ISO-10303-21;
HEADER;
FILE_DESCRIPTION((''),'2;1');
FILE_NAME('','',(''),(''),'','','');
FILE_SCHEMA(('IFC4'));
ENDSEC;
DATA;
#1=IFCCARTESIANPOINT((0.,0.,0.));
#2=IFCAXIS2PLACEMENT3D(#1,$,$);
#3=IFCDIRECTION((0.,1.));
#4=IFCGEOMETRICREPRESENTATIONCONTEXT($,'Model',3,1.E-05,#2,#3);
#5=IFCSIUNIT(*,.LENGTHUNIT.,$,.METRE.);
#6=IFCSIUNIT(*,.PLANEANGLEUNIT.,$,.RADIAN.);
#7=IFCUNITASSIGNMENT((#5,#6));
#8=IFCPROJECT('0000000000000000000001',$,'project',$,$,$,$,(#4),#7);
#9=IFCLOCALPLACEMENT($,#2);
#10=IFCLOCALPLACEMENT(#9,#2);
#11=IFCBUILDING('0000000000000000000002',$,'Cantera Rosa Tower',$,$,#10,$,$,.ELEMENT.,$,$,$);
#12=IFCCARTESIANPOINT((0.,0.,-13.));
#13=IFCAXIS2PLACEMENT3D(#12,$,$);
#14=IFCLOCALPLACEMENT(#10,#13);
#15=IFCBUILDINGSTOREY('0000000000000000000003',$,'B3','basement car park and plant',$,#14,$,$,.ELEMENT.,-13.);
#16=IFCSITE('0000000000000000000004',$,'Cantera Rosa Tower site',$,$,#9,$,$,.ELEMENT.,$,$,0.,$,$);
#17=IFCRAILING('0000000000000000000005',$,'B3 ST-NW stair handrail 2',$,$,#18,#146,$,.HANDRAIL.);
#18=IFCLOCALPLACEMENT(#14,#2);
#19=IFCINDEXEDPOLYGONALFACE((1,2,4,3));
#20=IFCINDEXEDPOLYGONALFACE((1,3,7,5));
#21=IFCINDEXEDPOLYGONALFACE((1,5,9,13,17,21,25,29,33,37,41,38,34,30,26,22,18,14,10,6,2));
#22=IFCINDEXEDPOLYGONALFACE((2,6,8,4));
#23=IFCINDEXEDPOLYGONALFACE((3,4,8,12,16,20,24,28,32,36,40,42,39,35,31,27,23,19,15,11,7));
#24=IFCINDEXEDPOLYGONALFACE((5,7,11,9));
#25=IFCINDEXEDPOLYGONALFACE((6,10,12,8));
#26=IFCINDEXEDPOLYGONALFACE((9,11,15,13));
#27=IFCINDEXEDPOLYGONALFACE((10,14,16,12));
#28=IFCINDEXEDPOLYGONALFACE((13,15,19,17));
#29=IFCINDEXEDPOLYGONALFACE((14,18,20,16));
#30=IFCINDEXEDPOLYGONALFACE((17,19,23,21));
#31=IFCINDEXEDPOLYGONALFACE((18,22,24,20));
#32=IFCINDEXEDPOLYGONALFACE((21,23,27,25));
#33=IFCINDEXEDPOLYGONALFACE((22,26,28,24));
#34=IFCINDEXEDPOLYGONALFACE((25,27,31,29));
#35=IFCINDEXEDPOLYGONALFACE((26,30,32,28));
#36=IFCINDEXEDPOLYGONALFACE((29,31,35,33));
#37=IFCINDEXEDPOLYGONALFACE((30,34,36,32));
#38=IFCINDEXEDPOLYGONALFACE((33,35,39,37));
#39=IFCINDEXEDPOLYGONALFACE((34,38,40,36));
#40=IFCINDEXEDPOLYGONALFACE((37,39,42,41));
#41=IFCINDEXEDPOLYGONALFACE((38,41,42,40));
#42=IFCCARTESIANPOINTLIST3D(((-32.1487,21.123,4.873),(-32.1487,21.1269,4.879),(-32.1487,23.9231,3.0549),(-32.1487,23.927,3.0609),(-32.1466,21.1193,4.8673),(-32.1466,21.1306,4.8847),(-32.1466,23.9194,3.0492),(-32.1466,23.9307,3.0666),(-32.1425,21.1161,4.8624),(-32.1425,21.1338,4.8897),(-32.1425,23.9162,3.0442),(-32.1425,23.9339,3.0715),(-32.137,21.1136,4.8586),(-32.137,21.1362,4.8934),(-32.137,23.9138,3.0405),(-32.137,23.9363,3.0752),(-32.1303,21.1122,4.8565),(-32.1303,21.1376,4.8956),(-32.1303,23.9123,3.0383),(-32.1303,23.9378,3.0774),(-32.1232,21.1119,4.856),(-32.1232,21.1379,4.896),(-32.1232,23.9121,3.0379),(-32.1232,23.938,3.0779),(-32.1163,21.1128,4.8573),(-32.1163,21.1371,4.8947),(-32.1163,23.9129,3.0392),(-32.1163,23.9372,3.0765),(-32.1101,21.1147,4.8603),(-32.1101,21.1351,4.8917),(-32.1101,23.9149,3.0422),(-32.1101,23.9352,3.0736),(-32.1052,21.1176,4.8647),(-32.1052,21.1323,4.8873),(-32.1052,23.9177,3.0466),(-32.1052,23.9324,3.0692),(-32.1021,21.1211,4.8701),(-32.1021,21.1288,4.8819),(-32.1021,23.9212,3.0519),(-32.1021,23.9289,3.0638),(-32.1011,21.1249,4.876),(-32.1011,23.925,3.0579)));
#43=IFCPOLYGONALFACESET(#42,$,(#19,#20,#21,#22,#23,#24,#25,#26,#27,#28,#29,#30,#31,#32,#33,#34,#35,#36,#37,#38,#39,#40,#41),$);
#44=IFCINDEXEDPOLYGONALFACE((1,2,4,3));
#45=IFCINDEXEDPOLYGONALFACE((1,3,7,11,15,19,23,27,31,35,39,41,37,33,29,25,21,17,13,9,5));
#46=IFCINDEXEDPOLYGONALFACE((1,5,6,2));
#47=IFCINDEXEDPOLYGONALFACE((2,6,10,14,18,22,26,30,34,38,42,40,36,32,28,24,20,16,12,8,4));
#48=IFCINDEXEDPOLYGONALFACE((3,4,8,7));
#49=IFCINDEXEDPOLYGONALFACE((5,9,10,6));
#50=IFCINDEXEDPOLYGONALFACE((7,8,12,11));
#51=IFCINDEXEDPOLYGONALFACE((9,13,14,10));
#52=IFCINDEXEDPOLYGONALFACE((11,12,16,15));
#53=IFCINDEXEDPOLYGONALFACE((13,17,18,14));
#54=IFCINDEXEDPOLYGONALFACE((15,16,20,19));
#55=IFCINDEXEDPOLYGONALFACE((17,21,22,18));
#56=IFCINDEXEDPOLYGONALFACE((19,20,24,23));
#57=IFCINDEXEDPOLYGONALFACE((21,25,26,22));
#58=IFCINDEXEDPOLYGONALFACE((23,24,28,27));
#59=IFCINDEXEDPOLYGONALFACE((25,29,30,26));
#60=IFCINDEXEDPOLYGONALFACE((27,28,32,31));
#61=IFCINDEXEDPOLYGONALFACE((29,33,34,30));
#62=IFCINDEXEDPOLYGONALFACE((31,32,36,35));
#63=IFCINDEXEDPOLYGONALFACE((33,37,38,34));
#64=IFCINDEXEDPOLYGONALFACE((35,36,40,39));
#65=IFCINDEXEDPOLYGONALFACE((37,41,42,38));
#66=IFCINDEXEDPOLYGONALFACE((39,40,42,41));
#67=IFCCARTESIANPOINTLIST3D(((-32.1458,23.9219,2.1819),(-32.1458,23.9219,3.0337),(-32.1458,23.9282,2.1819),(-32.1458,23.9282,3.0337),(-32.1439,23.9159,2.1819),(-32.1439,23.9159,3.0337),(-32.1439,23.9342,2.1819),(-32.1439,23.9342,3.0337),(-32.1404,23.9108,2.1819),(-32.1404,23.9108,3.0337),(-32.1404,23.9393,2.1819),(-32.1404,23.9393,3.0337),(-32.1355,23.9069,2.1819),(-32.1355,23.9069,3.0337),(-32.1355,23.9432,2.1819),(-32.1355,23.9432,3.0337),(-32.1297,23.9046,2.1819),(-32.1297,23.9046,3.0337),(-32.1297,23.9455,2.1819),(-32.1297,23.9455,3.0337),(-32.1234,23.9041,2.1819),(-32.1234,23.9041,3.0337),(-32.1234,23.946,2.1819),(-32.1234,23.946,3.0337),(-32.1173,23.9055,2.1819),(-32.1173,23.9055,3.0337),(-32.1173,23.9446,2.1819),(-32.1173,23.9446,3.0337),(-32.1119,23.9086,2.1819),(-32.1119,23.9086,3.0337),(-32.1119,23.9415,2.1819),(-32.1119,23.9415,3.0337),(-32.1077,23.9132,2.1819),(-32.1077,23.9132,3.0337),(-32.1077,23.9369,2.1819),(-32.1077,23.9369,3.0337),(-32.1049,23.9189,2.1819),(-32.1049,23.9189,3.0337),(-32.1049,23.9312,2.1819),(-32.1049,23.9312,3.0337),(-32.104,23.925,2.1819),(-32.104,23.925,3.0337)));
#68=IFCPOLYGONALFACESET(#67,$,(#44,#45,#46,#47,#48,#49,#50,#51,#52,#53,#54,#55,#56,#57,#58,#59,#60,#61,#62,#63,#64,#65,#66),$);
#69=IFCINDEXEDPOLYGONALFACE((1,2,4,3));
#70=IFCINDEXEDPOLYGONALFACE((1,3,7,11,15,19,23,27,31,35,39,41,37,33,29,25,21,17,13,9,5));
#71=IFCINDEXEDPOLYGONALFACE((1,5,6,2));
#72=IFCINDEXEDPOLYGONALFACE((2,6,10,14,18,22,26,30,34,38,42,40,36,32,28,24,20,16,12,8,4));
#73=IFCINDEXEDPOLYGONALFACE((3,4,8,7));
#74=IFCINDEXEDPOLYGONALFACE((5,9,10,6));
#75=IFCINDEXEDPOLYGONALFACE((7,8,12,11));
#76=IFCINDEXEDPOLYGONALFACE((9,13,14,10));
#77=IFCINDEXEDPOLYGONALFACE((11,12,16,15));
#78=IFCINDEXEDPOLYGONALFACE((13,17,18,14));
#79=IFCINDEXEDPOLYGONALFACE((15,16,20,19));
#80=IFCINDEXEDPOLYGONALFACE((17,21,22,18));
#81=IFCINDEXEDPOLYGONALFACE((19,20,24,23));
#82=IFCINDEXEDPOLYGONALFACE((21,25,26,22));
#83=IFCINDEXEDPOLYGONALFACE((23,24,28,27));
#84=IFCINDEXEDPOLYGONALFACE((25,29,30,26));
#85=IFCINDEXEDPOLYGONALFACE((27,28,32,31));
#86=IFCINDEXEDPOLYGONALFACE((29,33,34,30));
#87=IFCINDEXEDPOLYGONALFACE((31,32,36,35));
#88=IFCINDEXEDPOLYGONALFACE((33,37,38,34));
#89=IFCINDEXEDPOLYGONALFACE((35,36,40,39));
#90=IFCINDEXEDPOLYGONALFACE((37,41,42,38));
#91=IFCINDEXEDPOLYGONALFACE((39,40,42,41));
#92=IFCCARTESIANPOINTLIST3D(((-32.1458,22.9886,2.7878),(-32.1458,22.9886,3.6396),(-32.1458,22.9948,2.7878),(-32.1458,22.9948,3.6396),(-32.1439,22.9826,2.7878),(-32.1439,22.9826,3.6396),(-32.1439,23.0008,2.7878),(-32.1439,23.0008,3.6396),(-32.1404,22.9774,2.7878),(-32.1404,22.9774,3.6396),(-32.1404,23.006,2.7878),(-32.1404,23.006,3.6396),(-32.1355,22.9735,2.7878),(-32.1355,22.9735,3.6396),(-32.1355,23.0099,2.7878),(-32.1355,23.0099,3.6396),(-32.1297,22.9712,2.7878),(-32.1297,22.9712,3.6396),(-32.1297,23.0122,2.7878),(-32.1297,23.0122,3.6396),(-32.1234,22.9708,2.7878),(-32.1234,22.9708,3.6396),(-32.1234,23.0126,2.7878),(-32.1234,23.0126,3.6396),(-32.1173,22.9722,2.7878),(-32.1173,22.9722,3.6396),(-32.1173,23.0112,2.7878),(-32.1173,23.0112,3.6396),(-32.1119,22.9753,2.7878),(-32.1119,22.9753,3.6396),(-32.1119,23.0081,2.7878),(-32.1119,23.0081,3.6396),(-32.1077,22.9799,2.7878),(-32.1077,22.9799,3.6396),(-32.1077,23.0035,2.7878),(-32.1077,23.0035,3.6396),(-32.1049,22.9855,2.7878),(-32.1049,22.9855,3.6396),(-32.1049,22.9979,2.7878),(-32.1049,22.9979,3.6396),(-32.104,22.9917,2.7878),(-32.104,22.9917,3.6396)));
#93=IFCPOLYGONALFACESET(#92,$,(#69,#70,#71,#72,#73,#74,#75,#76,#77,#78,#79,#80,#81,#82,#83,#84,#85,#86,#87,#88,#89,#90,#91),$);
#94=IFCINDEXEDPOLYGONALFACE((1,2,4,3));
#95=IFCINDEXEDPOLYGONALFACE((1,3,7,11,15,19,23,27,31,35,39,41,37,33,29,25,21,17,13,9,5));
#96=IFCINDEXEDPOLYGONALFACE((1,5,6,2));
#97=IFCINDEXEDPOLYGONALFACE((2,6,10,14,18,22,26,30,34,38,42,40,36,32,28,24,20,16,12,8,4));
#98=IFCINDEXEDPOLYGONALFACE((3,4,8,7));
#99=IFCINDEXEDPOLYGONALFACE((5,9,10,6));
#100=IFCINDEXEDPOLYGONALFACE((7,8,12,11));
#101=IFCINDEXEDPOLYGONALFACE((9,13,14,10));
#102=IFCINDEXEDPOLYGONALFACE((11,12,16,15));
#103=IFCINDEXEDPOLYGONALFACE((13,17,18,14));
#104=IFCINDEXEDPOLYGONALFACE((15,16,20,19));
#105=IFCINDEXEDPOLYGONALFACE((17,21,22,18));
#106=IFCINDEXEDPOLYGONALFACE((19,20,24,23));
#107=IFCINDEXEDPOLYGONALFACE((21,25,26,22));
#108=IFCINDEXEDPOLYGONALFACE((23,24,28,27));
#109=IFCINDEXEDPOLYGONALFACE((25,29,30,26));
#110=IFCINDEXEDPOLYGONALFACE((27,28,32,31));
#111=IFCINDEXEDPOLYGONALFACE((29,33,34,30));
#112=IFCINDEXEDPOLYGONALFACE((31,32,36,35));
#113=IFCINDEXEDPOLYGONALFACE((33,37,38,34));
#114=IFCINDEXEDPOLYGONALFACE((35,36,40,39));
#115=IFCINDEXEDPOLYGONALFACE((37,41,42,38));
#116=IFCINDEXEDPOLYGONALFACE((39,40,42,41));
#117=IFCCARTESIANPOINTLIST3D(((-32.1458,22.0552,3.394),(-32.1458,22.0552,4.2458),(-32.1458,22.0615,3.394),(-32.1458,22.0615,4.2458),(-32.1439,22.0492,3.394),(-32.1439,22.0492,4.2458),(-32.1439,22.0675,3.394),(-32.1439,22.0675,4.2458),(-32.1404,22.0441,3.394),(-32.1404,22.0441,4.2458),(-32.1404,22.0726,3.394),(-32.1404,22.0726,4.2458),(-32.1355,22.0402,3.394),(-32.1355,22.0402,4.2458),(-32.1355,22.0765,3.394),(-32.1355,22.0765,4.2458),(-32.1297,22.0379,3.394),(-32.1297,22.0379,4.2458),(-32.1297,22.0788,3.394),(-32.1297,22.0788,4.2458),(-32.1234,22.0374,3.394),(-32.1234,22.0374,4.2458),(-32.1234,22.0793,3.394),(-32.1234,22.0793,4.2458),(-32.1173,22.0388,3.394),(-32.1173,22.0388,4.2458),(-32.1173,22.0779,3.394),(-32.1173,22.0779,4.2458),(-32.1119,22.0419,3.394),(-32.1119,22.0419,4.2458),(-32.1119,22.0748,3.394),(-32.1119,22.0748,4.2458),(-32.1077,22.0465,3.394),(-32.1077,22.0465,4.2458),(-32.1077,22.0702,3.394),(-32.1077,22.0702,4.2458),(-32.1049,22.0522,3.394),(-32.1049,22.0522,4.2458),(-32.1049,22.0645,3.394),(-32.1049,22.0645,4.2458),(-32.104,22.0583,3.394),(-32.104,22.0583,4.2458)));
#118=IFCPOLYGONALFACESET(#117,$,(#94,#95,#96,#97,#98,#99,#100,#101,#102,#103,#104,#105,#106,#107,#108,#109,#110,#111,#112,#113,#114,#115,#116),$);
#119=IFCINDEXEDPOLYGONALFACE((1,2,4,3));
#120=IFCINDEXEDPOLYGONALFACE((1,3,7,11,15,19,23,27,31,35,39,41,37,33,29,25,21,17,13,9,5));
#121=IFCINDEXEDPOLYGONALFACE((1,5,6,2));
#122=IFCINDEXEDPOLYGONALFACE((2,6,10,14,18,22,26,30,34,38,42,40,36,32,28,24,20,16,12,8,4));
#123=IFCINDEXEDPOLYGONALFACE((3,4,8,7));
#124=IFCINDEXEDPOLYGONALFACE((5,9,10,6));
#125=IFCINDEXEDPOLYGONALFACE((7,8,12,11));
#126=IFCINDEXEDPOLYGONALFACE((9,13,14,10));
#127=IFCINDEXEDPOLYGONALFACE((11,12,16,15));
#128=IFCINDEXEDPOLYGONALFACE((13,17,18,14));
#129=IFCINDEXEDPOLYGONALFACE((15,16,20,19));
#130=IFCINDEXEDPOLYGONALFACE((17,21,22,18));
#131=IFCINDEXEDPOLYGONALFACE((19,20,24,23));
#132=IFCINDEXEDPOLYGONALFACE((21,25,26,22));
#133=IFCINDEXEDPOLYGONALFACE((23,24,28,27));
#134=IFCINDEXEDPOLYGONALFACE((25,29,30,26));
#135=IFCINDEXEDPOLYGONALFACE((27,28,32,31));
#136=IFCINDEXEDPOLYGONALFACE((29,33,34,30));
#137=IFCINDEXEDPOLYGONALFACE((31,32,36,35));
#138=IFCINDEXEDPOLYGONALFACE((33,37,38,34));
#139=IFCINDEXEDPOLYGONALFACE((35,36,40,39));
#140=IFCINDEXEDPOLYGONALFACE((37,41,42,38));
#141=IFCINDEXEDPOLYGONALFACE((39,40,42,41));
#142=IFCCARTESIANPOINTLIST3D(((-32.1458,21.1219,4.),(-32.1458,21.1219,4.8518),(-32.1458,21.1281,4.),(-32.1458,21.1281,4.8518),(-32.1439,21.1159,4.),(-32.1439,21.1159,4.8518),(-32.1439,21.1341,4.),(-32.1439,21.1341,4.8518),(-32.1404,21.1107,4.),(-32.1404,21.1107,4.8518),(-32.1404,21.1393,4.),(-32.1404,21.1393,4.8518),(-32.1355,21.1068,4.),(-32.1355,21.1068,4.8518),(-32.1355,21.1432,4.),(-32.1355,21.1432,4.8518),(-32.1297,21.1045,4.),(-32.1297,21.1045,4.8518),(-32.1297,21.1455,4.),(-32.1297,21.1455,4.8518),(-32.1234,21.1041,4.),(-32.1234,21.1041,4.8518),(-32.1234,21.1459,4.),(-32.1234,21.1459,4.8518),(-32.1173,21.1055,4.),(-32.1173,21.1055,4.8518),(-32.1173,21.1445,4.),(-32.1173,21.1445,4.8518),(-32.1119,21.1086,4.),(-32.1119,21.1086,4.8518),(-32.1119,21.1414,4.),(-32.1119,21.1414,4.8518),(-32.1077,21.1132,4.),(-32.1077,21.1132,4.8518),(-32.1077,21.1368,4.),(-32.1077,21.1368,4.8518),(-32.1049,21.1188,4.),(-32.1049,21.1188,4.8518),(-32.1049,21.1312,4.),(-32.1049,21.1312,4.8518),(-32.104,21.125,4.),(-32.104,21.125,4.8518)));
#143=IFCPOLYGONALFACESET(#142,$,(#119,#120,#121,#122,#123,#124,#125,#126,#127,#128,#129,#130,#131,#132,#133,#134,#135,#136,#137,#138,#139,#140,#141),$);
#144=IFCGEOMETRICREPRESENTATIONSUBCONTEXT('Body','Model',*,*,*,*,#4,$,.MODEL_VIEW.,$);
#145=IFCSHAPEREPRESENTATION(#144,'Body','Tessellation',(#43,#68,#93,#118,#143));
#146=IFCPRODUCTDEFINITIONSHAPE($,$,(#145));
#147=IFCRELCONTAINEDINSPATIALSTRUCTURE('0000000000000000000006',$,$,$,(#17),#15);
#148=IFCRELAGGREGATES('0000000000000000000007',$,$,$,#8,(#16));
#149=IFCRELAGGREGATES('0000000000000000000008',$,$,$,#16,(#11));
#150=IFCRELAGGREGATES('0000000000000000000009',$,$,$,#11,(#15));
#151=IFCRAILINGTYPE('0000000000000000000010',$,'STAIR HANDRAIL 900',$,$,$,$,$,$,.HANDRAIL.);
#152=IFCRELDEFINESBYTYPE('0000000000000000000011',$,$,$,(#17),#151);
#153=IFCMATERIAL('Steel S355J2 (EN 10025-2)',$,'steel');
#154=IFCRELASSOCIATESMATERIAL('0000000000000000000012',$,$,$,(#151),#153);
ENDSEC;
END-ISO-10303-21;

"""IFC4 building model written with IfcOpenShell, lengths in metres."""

from ifc_helpers import new_model, si_unit, direction, frame, origin, origin_2d, place, context, subcontext, project, spatial, circle, extrude, material, type_object, element, save


model = new_model("IFC4")

# Units and contexts
model_context = context("Model", 3, precision=1e-05, world=origin(), true_north=direction((0.0, 1.0)))
body_context = subcontext(model_context, "Body", "Model", "MODEL_VIEW")
ifc_project = project(units=[si_unit("LENGTHUNIT", "METRE"), si_unit("PLANEANGLEUNIT", "RADIAN")], contexts=[model_context])

# Site, building, storey
site_placement = place(None, origin())
site = spatial("IfcSite", under=ifc_project, at=site_placement, Name="Cantera Rosa Tower site", CompositionType="ELEMENT", RefElevation=0.0)
building_placement = place(site_placement, origin())
building = spatial("IfcBuilding", under=site, at=building_placement, Name="Cantera Rosa Tower", CompositionType="ELEMENT")
storey_placement = place(building_placement, frame((0.0, 0.0, -13.0)))
storey = spatial("IfcBuildingStorey", under=building, at=storey_placement, Name="B3", Description="basement car park and plant", CompositionType="ELEMENT", Elevation=-13.0)

# Railing
ifc_material_1 = material(Name="Steel S355J2 (EN 10025-2)", Category="steel")
railing_type_1 = type_object("IfcRailingType", Name="STAIR HANDRAIL 900", PredefinedType="HANDRAIL", material=ifc_material_1)
railing_1_placement = place(storey_placement, frame((-32.125, 23.925, 2.1819)))
element("IfcRailing", 1, at=railing_1_placement, inside=storey, type_object=railing_type_1, Name="B3 ST-NW stair handrail 2", PredefinedType="HANDRAIL", context=body_context, shape_type="SweptSolid", body=[
    extrude(circle(Radius=0.0239, at=origin_2d()), frame((0.0, 0.0, 0.876), z_axis=(0.0, -0.838706, 0.544585), x_axis=(1.0, 0.0, 0.0)), (0.0, 0.0, 1.0), 3.3386),
    extrude(circle(Radius=0.021, at=origin_2d()), origin(), (0.0, 0.0, 1.0), 0.8518),
    extrude(circle(Radius=0.021, at=origin_2d()), frame((0.0, -0.9333, 0.606)), (0.0, 0.0, 1.0), 0.8518),
    extrude(circle(Radius=0.021, at=origin_2d()), frame((0.0, -1.8667, 1.2122)), (0.0, 0.0, 1.0), 0.8518),
    extrude(circle(Radius=0.021, at=origin_2d()), frame((0.0, -2.8, 1.8181)), (0.0, 0.0, 1.0), 0.8518),
])

save(model, "model.ifc")
